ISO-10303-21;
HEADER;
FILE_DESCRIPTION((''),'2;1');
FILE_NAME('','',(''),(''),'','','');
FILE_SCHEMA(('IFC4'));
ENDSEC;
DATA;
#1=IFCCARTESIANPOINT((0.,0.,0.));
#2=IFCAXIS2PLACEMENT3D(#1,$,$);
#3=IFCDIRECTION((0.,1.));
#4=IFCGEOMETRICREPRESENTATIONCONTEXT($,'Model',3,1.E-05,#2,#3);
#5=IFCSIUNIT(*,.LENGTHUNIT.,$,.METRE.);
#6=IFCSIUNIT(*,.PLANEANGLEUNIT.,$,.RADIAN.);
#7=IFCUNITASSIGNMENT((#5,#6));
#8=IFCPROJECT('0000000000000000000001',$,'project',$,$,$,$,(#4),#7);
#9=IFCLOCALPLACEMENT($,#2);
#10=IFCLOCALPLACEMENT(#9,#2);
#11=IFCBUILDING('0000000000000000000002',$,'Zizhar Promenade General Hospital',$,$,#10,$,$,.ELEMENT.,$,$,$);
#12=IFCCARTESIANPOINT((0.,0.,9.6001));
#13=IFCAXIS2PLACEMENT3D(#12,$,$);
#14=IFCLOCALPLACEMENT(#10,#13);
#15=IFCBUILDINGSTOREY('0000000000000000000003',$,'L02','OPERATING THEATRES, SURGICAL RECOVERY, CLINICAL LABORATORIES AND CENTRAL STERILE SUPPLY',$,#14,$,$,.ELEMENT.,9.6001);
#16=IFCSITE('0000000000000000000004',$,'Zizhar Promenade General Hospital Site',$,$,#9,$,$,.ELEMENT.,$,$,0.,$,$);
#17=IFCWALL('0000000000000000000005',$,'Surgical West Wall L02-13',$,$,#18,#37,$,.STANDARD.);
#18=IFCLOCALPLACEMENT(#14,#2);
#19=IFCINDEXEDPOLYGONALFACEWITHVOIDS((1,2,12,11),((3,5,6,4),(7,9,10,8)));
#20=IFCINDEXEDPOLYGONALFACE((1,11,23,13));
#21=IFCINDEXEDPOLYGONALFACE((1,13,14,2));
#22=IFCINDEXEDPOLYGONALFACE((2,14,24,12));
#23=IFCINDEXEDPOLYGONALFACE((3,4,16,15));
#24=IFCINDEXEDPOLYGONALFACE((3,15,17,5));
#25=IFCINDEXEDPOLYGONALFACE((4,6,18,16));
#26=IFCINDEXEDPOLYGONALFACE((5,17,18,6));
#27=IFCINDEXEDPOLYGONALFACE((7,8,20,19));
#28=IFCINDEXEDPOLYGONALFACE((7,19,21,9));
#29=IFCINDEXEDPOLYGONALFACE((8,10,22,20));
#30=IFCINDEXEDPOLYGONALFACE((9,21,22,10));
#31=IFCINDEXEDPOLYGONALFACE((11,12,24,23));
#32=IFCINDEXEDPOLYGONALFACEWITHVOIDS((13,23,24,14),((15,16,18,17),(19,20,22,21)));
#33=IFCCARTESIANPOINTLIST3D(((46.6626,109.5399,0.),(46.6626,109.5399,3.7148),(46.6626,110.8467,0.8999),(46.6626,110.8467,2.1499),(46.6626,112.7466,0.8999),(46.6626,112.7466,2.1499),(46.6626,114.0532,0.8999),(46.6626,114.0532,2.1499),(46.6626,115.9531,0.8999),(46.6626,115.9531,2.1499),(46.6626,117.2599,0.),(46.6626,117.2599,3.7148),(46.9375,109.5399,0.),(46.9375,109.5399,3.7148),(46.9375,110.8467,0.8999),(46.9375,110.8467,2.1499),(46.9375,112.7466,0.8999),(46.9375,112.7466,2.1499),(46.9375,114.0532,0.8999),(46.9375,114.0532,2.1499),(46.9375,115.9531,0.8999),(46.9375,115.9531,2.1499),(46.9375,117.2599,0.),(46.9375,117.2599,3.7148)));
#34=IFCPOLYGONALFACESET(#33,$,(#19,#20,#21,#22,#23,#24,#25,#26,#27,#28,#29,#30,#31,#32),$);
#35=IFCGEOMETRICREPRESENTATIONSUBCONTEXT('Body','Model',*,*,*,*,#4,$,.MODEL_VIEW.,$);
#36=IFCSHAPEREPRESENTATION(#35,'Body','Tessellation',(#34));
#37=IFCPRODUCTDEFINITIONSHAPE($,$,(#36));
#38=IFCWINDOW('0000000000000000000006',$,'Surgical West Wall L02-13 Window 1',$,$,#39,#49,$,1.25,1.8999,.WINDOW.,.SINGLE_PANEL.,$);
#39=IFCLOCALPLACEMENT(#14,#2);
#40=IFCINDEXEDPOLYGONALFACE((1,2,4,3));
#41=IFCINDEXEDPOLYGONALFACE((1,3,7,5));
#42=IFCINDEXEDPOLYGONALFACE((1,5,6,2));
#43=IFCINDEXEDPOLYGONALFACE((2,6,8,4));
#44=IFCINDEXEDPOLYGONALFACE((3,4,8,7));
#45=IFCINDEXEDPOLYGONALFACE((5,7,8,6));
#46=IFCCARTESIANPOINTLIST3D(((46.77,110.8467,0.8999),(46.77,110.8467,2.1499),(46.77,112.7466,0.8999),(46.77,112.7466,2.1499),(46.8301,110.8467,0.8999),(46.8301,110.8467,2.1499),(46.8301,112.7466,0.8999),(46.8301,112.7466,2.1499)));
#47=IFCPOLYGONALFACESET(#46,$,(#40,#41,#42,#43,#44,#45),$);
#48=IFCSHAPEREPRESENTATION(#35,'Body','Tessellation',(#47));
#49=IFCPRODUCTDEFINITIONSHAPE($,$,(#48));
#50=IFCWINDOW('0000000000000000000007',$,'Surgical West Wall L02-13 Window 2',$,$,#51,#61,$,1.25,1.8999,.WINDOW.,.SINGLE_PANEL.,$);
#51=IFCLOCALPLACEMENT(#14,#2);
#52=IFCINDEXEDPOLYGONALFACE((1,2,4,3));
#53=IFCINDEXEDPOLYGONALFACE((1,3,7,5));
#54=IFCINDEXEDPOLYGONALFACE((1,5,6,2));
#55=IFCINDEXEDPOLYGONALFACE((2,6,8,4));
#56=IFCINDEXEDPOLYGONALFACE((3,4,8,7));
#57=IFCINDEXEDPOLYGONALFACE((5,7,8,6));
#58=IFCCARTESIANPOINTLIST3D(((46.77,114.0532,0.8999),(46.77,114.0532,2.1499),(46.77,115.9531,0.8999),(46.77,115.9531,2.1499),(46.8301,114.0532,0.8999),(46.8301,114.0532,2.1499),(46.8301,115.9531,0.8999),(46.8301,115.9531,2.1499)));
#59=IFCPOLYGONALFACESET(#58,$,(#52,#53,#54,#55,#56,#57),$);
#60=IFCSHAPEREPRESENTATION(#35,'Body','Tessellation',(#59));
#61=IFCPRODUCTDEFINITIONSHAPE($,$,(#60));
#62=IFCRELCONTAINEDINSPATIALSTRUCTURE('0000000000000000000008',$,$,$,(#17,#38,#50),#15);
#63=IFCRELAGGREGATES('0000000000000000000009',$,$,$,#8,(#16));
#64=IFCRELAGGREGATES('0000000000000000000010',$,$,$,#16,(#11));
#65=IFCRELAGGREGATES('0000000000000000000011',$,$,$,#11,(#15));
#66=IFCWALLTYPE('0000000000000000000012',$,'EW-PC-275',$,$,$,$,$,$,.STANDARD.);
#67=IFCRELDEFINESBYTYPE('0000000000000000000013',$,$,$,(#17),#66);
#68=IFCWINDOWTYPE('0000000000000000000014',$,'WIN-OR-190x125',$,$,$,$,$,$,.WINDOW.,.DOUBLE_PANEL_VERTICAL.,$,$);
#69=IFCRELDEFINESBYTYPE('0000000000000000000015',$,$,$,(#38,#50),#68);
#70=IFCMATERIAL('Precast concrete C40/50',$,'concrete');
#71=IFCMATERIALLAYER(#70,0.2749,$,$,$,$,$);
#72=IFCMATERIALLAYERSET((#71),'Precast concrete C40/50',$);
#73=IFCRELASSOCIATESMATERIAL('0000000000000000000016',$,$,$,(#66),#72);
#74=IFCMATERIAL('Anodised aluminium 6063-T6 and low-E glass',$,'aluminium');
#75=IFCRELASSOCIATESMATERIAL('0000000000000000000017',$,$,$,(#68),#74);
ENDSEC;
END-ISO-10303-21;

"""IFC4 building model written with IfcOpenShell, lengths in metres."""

from ifc_helpers import new_model, si_unit, direction, frame, frame_2d, origin, place, context, subcontext, project, spatial, rectangle, extrude, material, layer, layer_set, type_object, element, fill, save


model = new_model("IFC4")

# Units and contexts
model_context = context("Model", 3, precision=1e-05, world=origin(), true_north=direction((0.0, 1.0)))
body_context = subcontext(model_context, "Body", "Model", "MODEL_VIEW")
ifc_project = project(units=[si_unit("LENGTHUNIT", "METRE"), si_unit("PLANEANGLEUNIT", "RADIAN")], contexts=[model_context])

# Site, building, storey
site_placement = place(None, origin())
site = spatial("IfcSite", under=ifc_project, at=site_placement, Name="Zizhar Promenade General Hospital Site", CompositionType="ELEMENT", RefElevation=0.0)
building_placement = place(site_placement, origin())
building = spatial("IfcBuilding", under=site, at=building_placement, Name="Zizhar Promenade General Hospital", CompositionType="ELEMENT")
storey_placement = place(building_placement, frame((0.0, 0.0, 9.6001)))
storey = spatial("IfcBuildingStorey", under=building, at=storey_placement, Name="L02", Description="OPERATING THEATRES, SURGICAL RECOVERY, CLINICAL LABORATORIES AND CENTRAL STERILE SUPPLY", CompositionType="ELEMENT", Elevation=9.6001)

# Wall, openings, windows
ifc_material_1 = material(Name="Precast concrete C40/50", Category="concrete")
ifc_layer_1 = layer(ifc_material_1, 0.2749)
ifc_layer_set_1 = layer_set([ifc_layer_1], Name="Precast concrete C40/50")
wall_type = type_object("IfcWallType", Name="EW-PC-275", PredefinedType="STANDARD", material=ifc_layer_set_1)
wall_placement = place(storey_placement, frame((46.8, 109.54, 0.0), z_axis=(0.0, 0.0, 1.0), x_axis=(0.0, 1.0, 0.0)))
wall = element("IfcWall", 1, at=wall_placement, inside=storey, type_object=wall_type, Name="Surgical West Wall L02-13", PredefinedType="STANDARD", context=body_context, shape_type="SweptSolid", body=[
    extrude(rectangle(XDim=7.72, YDim=0.2749, at=frame_2d((3.8599, 0.0))), origin(), (0.0, 0.0, 1.0), 3.7148),
])
opening_1_placement = place(wall_placement, frame((1.3066, 0.0, 0.8999)))
opening_1 = element("IfcOpeningElement", 2, at=opening_1_placement, cuts=wall, PredefinedType="OPENING", context=body_context, shape_type="SweptSolid", body=[
    extrude(rectangle(XDim=1.8999, YDim=1.25, at=frame_2d((0.95, 0.625))), frame((0.0, 0.1475, 0.0), z_axis=(0.0, -1.0, 0.0), x_axis=(1.0, 0.0, 0.0)), (0.0, 0.0, 1.0), 0.2949),
])
opening_2_placement = place(wall_placement, frame((4.5132, 0.0, 0.8999)))
opening_2 = element("IfcOpeningElement", 3, at=opening_2_placement, cuts=wall, PredefinedType="OPENING", context=body_context, shape_type="SweptSolid", body=[
    extrude(rectangle(XDim=1.8999, YDim=1.25, at=frame_2d((0.95, 0.625))), frame((0.0, 0.1475, 0.0), z_axis=(0.0, -1.0, 0.0), x_axis=(1.0, 0.0, 0.0)), (0.0, 0.0, 1.0), 0.2949),
])
ifc_material_2 = material(Name="Anodised aluminium 6063-T6 and low-E glass", Category="aluminium")
window_type = type_object("IfcWindowType", Name="WIN-OR-190x125", PartitioningType="DOUBLE_PANEL_VERTICAL", PredefinedType="WINDOW", material=ifc_material_2)
window_1_placement = place(opening_1_placement, origin())
window_1 = element("IfcWindow", 4, at=window_1_placement, inside=storey, type_object=window_type, Name="Surgical West Wall L02-13 Window 1", OverallHeight=1.25, OverallWidth=1.8999, PartitioningType="SINGLE_PANEL", PredefinedType="WINDOW", context=body_context, shape_type="SweptSolid", body=[
    extrude(rectangle(XDim=1.8999, YDim=1.25, at=frame_2d((0.95, 0.625))), frame((0.0, 0.03, 0.0), z_axis=(0.0, -1.0, 0.0), x_axis=(1.0, 0.0, 0.0)), (0.0, 0.0, 1.0), 0.0601),
])
fill(opening_1, window_1)
window_2_placement = place(opening_2_placement, origin())
window_2 = element("IfcWindow", 5, at=window_2_placement, inside=storey, type_object=window_type, Name="Surgical West Wall L02-13 Window 2", OverallHeight=1.25, OverallWidth=1.8999, PartitioningType="SINGLE_PANEL", PredefinedType="WINDOW", context=body_context, shape_type="SweptSolid", body=[
    extrude(rectangle(XDim=1.8999, YDim=1.25, at=frame_2d((0.95, 0.625))), frame((0.0, 0.03, 0.0), z_axis=(0.0, -1.0, 0.0), x_axis=(1.0, 0.0, 0.0)), (0.0, 0.0, 1.0), 0.0601),
])
fill(opening_2, window_2)

save(model, "model.ifc")
